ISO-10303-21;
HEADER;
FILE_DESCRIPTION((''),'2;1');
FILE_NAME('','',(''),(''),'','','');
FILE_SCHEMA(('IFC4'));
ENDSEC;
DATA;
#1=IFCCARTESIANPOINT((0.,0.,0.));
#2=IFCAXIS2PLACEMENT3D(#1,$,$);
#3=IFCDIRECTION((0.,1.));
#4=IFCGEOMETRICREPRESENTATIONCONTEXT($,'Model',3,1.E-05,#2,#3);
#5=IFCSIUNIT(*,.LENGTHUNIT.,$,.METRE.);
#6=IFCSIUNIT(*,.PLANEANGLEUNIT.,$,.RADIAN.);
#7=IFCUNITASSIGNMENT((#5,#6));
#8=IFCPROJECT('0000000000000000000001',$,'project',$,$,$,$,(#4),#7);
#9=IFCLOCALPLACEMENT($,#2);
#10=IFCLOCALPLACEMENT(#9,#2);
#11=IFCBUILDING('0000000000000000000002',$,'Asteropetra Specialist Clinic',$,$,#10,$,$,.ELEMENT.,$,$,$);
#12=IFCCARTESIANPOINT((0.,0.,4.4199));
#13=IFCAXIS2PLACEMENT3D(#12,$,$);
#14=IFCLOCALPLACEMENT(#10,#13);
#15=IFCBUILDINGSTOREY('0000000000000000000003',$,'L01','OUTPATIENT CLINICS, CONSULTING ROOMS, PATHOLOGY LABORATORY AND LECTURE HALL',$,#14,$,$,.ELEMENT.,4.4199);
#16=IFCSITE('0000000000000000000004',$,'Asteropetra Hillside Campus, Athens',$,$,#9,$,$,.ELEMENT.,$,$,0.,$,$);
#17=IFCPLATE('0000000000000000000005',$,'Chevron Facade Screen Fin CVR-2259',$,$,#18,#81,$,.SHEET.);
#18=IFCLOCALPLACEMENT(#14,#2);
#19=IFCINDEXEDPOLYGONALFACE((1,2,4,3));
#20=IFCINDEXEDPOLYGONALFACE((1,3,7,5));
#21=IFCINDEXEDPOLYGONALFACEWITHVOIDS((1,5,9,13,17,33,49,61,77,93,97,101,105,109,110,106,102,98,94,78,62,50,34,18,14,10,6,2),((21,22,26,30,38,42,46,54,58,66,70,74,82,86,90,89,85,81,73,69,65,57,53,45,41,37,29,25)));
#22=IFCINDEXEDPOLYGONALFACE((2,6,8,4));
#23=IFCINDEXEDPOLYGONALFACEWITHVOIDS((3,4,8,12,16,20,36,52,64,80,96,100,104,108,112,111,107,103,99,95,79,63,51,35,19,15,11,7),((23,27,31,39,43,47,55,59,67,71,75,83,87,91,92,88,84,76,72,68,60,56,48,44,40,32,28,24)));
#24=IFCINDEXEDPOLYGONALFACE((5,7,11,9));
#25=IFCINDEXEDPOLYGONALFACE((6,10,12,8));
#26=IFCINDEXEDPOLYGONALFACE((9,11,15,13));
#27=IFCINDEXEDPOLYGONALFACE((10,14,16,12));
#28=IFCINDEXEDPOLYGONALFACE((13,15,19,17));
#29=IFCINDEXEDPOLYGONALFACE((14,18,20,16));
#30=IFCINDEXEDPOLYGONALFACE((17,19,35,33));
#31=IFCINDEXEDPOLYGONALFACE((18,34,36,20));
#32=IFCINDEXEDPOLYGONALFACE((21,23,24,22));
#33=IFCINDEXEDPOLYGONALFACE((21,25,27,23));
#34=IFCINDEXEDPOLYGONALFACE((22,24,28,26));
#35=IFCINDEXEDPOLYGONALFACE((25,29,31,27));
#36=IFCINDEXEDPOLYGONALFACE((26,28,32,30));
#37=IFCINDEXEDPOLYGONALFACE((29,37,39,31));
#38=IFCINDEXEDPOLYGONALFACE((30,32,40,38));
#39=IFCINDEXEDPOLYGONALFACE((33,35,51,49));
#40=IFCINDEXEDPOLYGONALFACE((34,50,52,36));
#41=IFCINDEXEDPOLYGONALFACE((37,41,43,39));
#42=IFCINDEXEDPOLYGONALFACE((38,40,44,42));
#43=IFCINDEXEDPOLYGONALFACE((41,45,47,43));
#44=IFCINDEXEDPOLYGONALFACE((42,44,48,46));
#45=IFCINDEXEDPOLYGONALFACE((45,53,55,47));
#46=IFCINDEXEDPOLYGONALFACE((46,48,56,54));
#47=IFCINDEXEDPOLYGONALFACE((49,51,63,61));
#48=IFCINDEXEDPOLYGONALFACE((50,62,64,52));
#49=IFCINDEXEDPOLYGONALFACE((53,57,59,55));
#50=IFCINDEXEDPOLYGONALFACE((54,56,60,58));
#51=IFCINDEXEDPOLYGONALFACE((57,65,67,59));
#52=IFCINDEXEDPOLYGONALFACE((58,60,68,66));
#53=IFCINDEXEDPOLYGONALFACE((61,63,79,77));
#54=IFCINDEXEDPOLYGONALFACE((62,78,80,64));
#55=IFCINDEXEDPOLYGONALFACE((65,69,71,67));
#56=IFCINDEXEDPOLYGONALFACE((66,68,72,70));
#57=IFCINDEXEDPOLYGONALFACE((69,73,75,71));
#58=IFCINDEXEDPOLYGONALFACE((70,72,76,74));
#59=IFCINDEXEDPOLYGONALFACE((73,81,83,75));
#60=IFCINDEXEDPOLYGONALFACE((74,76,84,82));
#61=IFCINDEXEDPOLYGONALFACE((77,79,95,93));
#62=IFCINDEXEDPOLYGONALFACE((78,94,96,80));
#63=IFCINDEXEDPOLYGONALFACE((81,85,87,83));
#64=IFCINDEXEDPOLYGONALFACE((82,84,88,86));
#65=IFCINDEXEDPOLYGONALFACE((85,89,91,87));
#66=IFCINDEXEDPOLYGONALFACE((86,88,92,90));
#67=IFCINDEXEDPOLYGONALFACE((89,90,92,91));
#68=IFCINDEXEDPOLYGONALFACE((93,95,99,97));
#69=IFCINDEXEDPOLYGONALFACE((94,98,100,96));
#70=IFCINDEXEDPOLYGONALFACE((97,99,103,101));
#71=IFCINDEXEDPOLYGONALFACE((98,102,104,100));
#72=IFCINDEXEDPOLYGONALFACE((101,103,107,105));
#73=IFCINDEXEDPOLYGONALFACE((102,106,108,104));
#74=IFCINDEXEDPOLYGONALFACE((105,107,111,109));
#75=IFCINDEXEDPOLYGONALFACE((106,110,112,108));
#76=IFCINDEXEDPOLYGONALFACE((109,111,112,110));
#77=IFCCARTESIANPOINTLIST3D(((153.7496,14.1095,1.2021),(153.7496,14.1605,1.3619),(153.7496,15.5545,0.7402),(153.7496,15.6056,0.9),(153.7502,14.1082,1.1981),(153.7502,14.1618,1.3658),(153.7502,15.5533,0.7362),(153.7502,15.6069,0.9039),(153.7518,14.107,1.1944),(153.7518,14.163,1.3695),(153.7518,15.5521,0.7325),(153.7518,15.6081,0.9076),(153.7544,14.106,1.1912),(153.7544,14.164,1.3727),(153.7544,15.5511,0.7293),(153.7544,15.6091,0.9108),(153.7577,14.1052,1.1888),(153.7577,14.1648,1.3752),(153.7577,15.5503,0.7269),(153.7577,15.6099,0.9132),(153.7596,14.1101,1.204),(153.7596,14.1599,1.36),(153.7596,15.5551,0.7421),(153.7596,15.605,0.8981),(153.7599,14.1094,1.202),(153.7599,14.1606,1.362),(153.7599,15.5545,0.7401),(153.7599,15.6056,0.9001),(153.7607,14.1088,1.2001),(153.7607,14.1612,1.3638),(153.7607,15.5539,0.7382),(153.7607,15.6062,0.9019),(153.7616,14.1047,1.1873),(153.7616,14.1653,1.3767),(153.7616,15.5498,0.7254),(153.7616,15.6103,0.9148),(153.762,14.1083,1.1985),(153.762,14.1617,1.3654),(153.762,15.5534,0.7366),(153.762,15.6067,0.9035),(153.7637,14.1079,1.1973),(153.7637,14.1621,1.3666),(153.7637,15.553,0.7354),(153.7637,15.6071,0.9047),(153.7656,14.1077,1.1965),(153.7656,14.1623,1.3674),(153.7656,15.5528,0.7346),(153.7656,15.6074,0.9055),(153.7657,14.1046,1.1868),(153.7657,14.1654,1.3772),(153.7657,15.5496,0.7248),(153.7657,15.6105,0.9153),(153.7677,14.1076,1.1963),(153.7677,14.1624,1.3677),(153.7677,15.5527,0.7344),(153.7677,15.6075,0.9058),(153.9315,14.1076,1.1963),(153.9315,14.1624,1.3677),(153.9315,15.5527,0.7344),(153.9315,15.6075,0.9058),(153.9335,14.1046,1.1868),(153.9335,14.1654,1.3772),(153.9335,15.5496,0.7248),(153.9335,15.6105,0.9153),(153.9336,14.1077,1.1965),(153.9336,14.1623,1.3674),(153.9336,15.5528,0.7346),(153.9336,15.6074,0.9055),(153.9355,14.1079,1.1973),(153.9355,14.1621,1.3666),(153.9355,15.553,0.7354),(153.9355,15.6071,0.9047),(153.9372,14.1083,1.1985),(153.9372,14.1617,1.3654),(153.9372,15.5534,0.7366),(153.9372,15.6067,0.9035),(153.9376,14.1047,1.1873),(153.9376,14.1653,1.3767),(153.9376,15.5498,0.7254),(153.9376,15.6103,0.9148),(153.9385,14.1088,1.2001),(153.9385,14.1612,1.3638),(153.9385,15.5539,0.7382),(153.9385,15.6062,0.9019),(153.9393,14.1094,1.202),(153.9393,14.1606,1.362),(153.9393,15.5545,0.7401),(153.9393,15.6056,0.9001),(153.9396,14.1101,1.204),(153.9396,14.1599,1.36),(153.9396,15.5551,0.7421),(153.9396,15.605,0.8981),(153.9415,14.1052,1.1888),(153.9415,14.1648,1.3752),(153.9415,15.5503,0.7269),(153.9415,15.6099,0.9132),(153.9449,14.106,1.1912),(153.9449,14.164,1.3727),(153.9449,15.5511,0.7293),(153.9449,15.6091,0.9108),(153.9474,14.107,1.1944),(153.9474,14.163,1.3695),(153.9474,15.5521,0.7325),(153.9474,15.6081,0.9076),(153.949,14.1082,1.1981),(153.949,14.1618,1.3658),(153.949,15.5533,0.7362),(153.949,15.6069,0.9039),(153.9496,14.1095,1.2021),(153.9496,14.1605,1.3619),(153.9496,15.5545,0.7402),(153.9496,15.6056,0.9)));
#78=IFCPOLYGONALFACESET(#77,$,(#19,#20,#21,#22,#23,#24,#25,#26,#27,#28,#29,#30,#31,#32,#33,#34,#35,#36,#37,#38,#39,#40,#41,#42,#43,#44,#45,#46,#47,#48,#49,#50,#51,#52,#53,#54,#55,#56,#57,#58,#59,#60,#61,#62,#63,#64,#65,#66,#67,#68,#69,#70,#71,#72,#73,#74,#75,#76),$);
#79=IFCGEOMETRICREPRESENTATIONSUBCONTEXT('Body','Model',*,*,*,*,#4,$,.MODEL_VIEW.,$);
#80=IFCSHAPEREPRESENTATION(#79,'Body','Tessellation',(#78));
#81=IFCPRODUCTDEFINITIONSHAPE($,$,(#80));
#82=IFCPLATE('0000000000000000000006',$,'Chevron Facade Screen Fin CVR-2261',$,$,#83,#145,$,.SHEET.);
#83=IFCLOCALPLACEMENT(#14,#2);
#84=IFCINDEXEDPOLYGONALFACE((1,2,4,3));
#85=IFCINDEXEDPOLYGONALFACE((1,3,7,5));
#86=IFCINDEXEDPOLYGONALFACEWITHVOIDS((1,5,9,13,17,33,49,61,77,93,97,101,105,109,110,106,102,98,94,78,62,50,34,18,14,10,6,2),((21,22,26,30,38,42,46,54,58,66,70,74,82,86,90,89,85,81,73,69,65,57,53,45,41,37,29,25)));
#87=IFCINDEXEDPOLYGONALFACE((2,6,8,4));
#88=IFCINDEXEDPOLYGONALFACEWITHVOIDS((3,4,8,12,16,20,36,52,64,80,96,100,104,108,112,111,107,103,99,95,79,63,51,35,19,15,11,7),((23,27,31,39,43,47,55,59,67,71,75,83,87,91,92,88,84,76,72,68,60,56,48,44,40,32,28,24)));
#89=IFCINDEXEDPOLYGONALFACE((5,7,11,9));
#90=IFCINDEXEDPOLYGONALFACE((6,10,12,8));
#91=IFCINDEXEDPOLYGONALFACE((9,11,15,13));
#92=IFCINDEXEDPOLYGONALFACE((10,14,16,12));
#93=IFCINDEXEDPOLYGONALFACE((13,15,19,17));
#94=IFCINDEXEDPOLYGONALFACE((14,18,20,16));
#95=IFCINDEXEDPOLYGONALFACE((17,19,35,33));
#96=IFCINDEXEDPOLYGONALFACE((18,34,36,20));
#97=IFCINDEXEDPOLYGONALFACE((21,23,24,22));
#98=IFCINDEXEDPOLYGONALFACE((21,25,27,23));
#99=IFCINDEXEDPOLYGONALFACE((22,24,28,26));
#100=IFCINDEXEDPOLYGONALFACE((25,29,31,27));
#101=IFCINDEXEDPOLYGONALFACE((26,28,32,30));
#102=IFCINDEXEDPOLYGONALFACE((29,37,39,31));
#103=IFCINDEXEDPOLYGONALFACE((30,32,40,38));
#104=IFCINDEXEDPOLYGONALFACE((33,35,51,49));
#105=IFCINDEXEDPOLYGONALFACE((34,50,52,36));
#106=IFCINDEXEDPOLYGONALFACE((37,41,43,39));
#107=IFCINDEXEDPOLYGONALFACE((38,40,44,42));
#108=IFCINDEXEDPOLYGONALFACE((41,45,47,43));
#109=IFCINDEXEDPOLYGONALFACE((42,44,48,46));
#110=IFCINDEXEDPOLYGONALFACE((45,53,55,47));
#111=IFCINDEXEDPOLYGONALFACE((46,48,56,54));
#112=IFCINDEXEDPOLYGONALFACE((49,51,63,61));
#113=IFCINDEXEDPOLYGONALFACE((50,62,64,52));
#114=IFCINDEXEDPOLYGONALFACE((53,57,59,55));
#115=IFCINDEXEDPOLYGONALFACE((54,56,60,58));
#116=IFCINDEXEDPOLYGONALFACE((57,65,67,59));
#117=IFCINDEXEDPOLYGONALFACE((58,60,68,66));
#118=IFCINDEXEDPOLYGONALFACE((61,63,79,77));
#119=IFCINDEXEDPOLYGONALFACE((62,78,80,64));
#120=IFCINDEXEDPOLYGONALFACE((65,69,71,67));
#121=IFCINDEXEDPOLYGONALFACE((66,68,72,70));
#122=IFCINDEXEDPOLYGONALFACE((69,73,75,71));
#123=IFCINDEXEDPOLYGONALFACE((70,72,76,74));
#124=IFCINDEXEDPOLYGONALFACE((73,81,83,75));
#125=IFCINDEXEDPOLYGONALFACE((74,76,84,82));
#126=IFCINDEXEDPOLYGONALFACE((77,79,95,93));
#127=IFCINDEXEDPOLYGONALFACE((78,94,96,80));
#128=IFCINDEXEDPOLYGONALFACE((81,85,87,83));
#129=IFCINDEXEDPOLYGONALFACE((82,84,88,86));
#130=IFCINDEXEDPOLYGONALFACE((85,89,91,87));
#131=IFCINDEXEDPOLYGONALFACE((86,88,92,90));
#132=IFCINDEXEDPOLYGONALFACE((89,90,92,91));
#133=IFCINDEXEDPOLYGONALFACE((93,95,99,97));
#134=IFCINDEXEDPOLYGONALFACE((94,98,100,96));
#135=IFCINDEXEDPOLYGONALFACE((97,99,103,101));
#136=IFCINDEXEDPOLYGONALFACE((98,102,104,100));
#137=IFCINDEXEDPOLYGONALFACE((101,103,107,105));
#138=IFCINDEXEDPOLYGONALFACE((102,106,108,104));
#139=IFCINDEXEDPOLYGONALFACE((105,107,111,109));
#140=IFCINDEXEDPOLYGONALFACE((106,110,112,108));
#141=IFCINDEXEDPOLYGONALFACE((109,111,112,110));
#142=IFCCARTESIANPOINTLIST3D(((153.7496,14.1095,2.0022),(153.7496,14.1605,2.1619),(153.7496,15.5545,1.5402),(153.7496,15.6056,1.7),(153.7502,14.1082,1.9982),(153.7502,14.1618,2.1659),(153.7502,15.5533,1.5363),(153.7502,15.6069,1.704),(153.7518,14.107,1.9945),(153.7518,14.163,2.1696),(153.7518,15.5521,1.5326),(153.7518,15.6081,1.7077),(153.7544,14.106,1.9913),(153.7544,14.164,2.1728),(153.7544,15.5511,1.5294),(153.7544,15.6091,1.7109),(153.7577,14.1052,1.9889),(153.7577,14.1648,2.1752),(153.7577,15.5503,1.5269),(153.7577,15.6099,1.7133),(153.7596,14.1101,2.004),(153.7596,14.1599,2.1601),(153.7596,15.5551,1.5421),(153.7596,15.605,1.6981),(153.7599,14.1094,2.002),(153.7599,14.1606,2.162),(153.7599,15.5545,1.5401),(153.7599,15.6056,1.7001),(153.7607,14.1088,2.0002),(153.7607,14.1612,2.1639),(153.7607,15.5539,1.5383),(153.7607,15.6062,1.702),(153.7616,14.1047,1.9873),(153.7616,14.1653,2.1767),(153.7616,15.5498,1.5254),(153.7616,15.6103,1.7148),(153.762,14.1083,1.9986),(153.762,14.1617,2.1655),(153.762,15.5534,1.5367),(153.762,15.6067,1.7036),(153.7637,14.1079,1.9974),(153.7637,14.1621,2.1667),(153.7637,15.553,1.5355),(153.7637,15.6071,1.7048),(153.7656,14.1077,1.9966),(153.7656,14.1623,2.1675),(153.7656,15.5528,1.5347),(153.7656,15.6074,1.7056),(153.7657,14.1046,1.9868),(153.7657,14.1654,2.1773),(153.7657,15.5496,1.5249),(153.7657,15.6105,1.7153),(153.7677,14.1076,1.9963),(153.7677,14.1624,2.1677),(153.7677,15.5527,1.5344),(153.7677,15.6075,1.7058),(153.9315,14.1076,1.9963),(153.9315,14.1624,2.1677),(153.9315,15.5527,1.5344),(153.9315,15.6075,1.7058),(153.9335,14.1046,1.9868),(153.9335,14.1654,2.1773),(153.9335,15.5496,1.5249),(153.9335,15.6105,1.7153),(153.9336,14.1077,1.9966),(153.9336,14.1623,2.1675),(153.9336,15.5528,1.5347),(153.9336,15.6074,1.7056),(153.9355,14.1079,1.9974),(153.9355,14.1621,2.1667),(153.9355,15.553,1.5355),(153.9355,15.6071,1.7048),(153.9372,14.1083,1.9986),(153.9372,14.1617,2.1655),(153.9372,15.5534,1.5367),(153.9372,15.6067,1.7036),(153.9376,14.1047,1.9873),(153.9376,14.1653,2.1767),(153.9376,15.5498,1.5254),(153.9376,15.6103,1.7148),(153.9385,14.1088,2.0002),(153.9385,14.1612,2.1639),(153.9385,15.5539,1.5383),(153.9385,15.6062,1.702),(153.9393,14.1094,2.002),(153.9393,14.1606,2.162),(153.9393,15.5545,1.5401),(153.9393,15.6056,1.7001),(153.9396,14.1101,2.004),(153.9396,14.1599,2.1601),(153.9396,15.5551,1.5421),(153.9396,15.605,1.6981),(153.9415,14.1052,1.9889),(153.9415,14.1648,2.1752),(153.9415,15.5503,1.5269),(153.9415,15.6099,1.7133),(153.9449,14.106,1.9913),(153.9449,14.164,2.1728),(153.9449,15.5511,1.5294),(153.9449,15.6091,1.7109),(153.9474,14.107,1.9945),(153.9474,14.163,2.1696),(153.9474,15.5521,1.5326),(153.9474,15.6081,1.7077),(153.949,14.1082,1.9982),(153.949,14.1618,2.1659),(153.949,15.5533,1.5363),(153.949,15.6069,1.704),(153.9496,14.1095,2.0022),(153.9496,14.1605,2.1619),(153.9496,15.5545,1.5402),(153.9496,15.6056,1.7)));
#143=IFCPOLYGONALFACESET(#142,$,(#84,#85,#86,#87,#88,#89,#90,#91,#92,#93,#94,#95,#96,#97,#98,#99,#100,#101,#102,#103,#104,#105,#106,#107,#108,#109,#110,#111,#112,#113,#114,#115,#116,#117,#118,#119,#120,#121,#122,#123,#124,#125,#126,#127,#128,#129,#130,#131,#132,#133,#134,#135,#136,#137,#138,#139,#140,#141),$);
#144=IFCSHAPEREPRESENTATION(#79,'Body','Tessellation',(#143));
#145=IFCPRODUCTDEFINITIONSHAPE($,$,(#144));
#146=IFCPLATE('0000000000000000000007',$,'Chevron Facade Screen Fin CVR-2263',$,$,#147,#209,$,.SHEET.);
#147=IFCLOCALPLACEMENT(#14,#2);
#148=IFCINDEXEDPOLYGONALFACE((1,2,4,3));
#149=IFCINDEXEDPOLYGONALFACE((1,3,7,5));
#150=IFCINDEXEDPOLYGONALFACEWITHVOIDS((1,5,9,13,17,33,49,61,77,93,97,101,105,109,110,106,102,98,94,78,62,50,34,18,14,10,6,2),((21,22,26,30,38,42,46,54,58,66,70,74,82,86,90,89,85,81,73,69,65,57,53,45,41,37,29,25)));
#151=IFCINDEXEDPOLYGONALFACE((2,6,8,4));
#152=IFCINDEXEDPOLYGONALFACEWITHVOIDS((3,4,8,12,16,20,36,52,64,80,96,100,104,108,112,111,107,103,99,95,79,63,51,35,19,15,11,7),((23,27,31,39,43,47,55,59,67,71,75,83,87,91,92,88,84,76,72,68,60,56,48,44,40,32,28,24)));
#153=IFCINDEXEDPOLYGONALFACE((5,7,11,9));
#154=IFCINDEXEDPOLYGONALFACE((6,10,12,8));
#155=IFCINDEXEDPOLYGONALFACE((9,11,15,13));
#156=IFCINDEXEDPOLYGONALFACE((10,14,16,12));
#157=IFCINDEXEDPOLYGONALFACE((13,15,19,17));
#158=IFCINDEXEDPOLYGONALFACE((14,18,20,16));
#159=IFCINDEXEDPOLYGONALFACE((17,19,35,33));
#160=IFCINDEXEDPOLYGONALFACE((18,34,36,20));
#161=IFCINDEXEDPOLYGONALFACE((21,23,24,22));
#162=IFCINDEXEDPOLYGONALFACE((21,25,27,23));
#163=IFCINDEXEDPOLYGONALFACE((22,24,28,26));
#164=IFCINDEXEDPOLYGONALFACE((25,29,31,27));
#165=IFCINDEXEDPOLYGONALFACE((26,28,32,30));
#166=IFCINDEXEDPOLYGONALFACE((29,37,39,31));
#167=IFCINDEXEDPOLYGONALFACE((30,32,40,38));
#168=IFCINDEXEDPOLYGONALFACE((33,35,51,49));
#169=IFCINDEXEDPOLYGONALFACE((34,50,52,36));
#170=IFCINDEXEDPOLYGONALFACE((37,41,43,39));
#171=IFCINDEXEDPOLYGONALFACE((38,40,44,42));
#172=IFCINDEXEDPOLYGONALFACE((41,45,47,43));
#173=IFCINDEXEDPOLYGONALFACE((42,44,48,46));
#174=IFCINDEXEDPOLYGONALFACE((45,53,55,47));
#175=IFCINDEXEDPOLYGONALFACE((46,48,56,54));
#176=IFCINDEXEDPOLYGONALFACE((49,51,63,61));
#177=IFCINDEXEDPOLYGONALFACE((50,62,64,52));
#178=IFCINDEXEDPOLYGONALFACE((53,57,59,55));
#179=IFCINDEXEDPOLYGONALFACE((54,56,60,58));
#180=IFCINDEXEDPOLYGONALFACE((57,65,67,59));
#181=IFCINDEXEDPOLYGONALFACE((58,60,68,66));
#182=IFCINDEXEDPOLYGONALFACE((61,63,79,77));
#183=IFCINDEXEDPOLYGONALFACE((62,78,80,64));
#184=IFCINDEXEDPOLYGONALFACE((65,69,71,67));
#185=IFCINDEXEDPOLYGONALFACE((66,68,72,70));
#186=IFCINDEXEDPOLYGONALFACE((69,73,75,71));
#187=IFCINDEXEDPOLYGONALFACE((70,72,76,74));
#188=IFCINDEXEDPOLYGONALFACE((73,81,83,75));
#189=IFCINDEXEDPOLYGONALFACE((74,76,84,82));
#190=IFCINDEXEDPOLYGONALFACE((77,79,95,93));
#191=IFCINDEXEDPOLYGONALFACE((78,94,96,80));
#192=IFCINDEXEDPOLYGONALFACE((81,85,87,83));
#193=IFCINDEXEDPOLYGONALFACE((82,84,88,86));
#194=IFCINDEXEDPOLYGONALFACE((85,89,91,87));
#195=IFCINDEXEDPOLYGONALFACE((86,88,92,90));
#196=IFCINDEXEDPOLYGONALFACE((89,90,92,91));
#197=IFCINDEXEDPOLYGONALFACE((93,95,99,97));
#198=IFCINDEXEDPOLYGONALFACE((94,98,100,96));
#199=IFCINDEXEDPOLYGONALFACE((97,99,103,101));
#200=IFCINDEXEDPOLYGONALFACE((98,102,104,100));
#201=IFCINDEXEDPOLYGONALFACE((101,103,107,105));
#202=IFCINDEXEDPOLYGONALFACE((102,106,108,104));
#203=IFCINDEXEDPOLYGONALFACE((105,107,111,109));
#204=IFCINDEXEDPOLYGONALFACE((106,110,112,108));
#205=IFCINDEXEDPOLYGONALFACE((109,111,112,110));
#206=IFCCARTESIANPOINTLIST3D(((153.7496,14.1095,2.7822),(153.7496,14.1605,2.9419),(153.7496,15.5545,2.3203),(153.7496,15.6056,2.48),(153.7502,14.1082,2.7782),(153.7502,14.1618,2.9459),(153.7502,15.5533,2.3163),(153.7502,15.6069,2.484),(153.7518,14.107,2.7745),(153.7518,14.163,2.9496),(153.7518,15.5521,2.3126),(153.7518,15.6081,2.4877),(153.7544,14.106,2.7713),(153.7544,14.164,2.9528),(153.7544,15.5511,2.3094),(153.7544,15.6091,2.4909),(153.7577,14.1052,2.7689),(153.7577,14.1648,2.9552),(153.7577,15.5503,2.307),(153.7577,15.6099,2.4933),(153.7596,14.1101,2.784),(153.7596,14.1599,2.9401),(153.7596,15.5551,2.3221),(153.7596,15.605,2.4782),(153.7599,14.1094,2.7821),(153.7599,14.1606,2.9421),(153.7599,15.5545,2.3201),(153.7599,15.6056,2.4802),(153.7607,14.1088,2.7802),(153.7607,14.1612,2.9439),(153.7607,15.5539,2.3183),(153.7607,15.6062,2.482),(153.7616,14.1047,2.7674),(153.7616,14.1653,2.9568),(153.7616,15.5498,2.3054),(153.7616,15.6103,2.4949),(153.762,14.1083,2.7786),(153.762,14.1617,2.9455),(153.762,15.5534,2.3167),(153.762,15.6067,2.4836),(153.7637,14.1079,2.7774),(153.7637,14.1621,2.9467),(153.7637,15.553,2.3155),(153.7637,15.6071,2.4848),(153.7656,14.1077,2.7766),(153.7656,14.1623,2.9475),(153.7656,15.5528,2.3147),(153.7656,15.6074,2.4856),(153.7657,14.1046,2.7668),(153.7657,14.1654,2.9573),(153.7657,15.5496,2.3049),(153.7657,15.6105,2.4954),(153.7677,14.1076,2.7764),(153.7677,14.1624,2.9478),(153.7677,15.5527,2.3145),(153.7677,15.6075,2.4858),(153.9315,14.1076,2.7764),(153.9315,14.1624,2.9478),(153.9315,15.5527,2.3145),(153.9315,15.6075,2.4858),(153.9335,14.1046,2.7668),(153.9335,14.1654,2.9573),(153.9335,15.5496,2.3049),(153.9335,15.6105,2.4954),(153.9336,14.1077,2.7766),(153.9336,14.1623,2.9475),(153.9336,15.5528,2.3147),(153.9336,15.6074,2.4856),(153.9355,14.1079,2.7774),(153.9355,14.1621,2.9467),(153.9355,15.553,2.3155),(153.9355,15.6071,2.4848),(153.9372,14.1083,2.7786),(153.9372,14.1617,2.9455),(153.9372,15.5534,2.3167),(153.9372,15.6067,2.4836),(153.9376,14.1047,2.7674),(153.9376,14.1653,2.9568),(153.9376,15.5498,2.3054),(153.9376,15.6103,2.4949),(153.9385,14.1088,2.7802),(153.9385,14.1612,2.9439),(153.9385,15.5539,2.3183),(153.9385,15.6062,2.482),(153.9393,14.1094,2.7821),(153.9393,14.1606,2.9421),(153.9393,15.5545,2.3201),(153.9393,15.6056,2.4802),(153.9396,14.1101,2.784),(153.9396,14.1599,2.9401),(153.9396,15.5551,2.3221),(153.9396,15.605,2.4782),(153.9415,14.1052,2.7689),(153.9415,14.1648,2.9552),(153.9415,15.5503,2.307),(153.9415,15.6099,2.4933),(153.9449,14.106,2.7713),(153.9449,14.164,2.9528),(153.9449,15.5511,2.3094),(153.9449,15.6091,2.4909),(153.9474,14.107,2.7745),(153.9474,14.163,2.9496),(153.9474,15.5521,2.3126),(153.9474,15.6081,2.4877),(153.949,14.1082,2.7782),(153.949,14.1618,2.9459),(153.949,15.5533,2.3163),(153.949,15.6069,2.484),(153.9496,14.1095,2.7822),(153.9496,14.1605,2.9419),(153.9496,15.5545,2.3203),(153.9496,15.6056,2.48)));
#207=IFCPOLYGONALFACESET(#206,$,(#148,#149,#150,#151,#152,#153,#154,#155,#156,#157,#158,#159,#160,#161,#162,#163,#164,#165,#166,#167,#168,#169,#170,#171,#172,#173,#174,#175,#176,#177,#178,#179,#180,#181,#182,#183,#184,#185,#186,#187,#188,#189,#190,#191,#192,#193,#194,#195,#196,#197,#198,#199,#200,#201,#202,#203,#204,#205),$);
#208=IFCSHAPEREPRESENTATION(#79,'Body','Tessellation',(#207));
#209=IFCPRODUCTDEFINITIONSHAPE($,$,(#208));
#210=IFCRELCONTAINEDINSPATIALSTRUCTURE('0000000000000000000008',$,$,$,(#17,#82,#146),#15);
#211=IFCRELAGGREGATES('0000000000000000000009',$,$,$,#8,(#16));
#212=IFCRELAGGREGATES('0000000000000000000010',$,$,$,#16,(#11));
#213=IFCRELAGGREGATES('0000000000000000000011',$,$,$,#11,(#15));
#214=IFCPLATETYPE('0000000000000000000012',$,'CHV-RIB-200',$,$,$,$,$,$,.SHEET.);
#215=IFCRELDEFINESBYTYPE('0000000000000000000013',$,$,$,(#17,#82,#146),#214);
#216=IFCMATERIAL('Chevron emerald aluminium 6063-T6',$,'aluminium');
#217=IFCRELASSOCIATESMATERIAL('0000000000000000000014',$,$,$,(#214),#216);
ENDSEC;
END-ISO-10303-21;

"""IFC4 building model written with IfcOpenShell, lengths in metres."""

from ifc_helpers import new_model, si_unit, direction, frame, origin, origin_2d, place, context, subcontext, project, spatial, hollow_rectangle, extrude, material, material_profile, profile_set, type_object, element, save


model = new_model("IFC4")

# Units and contexts
model_context = context("Model", 3, precision=1e-05, world=origin(), true_north=direction((0.0, 1.0)))
body_context = subcontext(model_context, "Body", "Model", "MODEL_VIEW")
ifc_project = project(units=[si_unit("LENGTHUNIT", "METRE"), si_unit("PLANEANGLEUNIT", "RADIAN")], contexts=[model_context])

# Site, building, storey
site_placement = place(None, origin())
site = spatial("IfcSite", under=ifc_project, at=site_placement, Name="Asteropetra Hillside Campus, Athens", CompositionType="ELEMENT", RefElevation=0.0)
building_placement = place(site_placement, origin())
building = spatial("IfcBuilding", under=site, at=building_placement, Name="Asteropetra Specialist Clinic", CompositionType="ELEMENT")
storey_placement = place(building_placement, frame((0.0, 0.0, 4.4199)))
storey = spatial("IfcBuildingStorey", under=building, at=storey_placement, Name="L01", Description="OUTPATIENT CLINICS, CONSULTING ROOMS, PATHOLOGY LABORATORY AND LECTURE HALL", CompositionType="ELEMENT", Elevation=4.4199)

# Plates
ifc_material_1 = material(Name="Chevron emerald aluminium 6063-T6", Category="aluminium")
ifc_material_profile = material_profile(ifc_material_1, hollow_rectangle(XDim=0.2, YDim=0.2, WallThickness=0.01, InnerFilletRadius=0.0081, OuterFilletRadius=0.0161, at=origin_2d()), Name="SHS 200x200x10.0")
ifc_profile_set = profile_set([ifc_material_profile], Name="Chevron emerald aluminium 6063-T6")
plate_type = type_object("IfcPlateType", Name="CHV-RIB-200", PredefinedType="SHEET", material=ifc_profile_set)
for number, where, z_axis, x_axis, name in (
    (1, (153.8496, 14.135, 1.282), (0.0, 0.952521, -0.304472), (-1.0, 0.0, 0.0), "Chevron Facade Screen Fin CVR-2259"),
    (2, (153.8496, 14.135, 2.082), (0.0, 0.952521, -0.304472), (-1.0, 0.0, 0.0), "Chevron Facade Screen Fin CVR-2261"),
    (3, (153.8496, 14.135, 2.8621), (0.0, 0.952521, -0.304472), (-1.0, 0.0, 0.0), "Chevron Facade Screen Fin CVR-2263"),
):
    element("IfcPlate", number, at=place(storey_placement, frame(where, z_axis=z_axis, x_axis=x_axis)), inside=storey, type_object=plate_type, Name=name, PredefinedType="SHEET", context=body_context, shape_type="SweptSolid", body=[
        extrude(hollow_rectangle(XDim=0.2, YDim=0.2, WallThickness=0.01, InnerFilletRadius=0.0081, OuterFilletRadius=0.0161, at=origin_2d()), origin(), (0.0, 0.0, 1.0), 1.5171),
    ])

save(model, "model.ifc")
